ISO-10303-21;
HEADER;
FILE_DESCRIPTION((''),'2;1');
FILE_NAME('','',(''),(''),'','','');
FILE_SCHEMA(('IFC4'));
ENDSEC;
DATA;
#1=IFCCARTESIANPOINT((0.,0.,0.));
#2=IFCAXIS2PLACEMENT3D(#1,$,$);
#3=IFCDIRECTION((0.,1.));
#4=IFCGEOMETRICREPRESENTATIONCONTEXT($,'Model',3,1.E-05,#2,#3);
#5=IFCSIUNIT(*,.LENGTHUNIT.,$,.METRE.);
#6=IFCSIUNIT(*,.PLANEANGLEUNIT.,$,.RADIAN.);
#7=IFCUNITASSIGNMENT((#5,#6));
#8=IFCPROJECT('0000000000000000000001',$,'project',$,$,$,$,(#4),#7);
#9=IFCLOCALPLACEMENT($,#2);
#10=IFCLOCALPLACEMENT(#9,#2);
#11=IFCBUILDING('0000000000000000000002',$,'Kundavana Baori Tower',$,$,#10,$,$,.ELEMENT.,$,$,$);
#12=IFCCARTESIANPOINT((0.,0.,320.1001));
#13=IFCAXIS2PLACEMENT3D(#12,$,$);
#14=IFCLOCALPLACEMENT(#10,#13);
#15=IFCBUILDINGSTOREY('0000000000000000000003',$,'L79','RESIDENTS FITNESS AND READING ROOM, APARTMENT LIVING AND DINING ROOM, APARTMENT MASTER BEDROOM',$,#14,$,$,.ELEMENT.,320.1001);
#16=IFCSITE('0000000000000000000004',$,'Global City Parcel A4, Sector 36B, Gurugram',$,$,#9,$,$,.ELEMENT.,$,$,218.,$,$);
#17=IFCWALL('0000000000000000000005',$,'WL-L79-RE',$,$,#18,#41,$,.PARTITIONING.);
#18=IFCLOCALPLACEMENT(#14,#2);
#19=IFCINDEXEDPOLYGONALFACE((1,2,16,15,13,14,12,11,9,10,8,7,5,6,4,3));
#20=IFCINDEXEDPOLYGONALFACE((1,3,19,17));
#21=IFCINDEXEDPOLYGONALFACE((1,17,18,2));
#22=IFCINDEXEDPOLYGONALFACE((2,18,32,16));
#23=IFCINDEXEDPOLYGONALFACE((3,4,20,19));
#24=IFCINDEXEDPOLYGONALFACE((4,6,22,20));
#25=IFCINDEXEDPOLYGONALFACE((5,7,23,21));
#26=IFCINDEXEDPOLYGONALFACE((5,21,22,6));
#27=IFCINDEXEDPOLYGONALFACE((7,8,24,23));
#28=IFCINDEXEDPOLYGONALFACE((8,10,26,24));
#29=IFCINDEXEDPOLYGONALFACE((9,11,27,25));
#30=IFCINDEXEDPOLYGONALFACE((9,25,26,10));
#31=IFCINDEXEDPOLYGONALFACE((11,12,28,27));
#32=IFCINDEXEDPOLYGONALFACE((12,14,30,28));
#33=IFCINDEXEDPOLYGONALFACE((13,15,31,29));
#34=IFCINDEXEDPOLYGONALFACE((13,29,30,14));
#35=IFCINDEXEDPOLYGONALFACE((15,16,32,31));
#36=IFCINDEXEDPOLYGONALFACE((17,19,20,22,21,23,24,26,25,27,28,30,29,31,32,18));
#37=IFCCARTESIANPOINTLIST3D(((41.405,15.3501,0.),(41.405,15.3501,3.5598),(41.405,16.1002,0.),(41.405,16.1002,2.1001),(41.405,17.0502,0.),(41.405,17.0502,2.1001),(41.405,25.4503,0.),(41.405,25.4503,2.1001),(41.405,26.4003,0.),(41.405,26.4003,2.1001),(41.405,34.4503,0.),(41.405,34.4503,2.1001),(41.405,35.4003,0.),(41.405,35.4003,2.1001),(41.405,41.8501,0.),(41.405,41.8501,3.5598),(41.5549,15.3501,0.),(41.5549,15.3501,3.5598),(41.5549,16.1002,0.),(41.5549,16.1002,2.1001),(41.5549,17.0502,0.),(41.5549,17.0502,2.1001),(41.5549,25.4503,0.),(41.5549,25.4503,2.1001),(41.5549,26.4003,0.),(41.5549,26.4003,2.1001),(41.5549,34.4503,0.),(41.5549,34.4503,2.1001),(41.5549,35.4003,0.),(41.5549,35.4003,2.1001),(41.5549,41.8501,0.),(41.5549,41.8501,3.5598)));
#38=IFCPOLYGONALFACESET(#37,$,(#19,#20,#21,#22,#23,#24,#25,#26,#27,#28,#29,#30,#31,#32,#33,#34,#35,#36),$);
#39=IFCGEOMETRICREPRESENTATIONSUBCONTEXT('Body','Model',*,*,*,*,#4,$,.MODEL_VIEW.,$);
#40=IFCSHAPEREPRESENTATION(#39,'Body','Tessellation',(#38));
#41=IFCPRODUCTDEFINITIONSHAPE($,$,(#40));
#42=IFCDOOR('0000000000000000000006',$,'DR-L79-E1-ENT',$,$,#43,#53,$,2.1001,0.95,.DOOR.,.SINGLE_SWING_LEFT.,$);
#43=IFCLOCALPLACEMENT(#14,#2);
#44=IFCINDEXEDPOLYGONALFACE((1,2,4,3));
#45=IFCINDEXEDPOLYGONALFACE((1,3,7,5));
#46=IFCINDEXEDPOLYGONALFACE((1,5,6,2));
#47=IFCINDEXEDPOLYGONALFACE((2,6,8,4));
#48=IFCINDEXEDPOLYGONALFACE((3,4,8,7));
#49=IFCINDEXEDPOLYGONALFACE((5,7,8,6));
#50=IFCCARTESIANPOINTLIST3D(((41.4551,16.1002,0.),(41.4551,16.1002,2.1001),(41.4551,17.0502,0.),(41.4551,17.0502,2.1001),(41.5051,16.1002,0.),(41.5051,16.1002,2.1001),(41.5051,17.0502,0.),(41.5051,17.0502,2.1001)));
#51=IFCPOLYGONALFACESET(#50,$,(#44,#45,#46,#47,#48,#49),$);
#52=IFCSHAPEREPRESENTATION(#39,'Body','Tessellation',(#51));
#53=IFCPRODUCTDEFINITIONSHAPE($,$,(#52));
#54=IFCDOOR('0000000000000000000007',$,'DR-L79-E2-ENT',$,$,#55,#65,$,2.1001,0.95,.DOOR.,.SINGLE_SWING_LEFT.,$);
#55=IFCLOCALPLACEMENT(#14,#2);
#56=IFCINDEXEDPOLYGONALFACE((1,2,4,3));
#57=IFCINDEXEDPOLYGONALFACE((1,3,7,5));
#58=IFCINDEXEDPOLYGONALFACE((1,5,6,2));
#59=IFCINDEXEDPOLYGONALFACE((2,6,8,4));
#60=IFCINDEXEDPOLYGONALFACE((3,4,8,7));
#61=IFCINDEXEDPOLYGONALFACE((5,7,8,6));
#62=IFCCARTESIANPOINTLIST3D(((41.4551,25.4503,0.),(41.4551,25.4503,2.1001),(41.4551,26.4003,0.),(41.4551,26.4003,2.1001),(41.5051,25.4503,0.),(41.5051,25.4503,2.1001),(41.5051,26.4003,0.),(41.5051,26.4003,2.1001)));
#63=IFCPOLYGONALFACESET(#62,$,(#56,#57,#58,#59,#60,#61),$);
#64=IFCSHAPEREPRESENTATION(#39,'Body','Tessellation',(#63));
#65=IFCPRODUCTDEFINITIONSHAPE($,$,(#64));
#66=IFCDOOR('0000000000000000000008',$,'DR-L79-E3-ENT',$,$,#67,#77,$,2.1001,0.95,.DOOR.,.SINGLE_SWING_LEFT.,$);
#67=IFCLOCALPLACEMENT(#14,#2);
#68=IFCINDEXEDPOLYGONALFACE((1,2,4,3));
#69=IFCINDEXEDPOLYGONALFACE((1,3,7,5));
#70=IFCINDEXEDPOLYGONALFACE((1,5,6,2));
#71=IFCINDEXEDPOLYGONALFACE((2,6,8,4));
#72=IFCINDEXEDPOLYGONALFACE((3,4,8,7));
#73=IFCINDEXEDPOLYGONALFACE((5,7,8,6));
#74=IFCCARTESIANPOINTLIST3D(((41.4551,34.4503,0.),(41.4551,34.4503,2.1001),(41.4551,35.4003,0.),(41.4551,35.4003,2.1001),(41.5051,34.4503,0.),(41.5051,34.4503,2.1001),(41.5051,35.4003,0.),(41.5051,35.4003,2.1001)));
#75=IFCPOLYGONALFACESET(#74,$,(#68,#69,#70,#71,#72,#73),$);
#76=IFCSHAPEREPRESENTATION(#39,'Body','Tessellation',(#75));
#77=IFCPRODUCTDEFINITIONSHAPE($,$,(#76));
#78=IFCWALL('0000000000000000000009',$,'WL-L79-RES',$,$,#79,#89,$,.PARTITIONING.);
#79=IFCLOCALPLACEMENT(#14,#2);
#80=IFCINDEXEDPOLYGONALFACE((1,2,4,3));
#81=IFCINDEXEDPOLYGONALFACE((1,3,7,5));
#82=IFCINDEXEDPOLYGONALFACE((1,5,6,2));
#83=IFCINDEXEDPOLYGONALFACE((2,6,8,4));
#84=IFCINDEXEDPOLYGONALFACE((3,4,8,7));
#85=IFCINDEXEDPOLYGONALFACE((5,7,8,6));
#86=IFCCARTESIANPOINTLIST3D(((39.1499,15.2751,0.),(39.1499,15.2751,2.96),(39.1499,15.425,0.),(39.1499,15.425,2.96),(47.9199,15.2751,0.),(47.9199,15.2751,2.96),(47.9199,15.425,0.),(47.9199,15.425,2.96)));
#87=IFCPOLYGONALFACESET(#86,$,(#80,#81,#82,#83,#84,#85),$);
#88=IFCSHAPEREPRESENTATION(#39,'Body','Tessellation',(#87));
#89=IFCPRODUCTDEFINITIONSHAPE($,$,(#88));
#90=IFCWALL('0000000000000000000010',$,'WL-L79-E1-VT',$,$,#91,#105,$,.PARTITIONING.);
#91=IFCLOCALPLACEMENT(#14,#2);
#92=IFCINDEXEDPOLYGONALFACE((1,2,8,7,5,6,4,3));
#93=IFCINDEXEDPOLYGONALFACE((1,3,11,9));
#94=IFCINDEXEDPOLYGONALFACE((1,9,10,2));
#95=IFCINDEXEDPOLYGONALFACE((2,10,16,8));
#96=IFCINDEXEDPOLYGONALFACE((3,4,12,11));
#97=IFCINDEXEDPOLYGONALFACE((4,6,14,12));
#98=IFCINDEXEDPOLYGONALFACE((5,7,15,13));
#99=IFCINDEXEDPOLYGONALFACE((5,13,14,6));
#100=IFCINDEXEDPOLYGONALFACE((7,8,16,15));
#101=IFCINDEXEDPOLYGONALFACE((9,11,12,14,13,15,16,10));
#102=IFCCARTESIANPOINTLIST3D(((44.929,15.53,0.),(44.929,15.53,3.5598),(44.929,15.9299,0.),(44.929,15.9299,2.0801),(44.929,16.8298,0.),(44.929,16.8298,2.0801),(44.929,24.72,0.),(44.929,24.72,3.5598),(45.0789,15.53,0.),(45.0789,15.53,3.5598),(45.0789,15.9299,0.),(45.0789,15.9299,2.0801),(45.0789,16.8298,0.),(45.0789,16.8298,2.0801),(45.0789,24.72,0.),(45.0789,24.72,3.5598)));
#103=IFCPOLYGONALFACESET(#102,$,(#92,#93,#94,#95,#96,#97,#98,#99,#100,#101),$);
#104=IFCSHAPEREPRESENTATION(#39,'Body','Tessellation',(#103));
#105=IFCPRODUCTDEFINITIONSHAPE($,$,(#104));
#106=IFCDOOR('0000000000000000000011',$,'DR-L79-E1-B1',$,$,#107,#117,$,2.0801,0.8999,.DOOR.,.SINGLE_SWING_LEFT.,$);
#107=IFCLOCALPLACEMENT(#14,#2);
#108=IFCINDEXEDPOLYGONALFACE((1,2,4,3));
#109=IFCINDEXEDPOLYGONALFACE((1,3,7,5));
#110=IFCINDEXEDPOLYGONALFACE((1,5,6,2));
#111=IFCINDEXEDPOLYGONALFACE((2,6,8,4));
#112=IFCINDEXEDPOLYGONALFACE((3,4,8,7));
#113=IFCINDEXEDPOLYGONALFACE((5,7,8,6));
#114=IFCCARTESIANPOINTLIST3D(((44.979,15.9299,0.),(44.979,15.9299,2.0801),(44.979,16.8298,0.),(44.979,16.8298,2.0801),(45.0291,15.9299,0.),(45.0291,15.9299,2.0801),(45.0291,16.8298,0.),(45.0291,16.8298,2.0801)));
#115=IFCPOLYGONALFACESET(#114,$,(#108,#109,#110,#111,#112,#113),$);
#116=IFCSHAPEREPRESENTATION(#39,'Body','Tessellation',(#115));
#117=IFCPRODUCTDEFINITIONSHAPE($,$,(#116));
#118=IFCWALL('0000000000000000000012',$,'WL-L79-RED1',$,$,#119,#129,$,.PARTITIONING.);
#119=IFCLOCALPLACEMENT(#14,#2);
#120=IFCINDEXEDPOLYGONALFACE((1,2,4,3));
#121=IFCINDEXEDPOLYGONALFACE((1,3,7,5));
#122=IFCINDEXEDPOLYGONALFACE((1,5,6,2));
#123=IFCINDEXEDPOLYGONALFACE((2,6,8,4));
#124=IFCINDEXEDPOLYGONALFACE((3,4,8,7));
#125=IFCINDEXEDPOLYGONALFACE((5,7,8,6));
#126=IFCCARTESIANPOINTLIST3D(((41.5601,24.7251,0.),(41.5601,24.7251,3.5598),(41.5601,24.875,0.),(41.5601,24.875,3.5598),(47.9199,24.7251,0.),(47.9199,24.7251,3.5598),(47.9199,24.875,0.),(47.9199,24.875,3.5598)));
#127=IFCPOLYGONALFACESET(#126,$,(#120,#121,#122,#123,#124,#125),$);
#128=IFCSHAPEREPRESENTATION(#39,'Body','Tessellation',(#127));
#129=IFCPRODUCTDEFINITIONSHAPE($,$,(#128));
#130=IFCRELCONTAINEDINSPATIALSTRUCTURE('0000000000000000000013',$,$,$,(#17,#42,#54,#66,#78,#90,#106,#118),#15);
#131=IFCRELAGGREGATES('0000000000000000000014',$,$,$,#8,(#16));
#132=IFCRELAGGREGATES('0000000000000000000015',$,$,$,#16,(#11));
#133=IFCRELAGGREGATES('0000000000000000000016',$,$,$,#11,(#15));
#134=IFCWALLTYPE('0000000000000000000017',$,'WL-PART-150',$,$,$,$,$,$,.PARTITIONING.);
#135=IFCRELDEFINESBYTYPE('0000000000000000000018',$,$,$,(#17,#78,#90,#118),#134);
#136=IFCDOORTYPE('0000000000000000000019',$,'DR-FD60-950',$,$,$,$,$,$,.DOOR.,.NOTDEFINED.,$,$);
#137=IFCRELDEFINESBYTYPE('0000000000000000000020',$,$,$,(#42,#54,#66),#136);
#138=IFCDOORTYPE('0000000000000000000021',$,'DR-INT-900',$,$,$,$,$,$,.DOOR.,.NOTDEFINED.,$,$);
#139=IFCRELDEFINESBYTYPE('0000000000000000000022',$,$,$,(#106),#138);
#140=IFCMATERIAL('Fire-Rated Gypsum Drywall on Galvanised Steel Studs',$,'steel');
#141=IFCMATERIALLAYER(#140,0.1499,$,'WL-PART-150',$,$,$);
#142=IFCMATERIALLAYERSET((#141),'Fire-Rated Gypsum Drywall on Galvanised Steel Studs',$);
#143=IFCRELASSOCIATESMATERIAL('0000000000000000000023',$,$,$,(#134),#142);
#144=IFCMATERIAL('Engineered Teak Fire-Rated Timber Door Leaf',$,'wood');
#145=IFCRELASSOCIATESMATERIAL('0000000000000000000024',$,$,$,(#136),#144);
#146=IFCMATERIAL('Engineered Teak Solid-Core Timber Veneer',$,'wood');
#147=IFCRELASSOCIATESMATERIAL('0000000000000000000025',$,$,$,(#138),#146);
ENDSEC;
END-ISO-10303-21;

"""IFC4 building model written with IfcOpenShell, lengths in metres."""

from ifc_helpers import new_model, si_unit, direction, frame, frame_2d, origin, place, context, subcontext, project, spatial, rectangle, extrude, material, layer, layer_set, type_object, element, fill, save


model = new_model("IFC4")

# Units and contexts
model_context = context("Model", 3, precision=1e-05, world=origin(), true_north=direction((0.0, 1.0)))
body_context = subcontext(model_context, "Body", "Model", "MODEL_VIEW")
ifc_project = project(units=[si_unit("LENGTHUNIT", "METRE"), si_unit("PLANEANGLEUNIT", "RADIAN")], contexts=[model_context])

# Site, building, storey
site_placement = place(None, origin())
site = spatial("IfcSite", under=ifc_project, at=site_placement, Name="Global City Parcel A4, Sector 36B, Gurugram", CompositionType="ELEMENT", RefElevation=218.0)
building_placement = place(site_placement, origin())
building = spatial("IfcBuilding", under=site, at=building_placement, Name="Kundavana Baori Tower", CompositionType="ELEMENT")
storey_placement = place(building_placement, frame((0.0, 0.0, 320.1001)))
storey = spatial("IfcBuildingStorey", under=building, at=storey_placement, Name="L79", Description="RESIDENTS FITNESS AND READING ROOM, APARTMENT LIVING AND DINING ROOM, APARTMENT MASTER BEDROOM", CompositionType="ELEMENT", Elevation=320.1001)

# Wall, openings, doors
ifc_material_1 = material(Name="Fire-Rated Gypsum Drywall on Galvanised Steel Studs", Category="steel")
ifc_layer_1 = layer(ifc_material_1, 0.1499, Name="WL-PART-150")
ifc_layer_set_1 = layer_set([ifc_layer_1], Name="Fire-Rated Gypsum Drywall on Galvanised Steel Studs")
wall_type_1 = type_object("IfcWallType", Name="WL-PART-150", PredefinedType="PARTITIONING", material=ifc_layer_set_1)
wall_1_placement = place(storey_placement, frame((41.48, 15.3501, 0.0), z_axis=(0.0, 0.0, 1.0), x_axis=(0.0, 1.0, 0.0)))
wall_1 = element("IfcWall", 1, at=wall_1_placement, inside=storey, type_object=wall_type_1, Name="WL-L79-RE", PredefinedType="PARTITIONING", context=body_context, shape_type="SweptSolid", body=[
    extrude(rectangle(XDim=26.5, YDim=0.1499, at=frame_2d((13.25, 0.0))), origin(), (0.0, 0.0, 1.0), 3.5598),
])
opening_1_placement = place(wall_1_placement, frame((0.75, 0.0, 0.0)))
opening_1 = element("IfcOpeningElement", 2, at=opening_1_placement, cuts=wall_1, PredefinedType="OPENING", context=body_context, shape_type="SweptSolid", body=[
    extrude(rectangle(XDim=0.95, YDim=2.1001, at=frame_2d((0.4751, 1.05))), frame((0.0, 0.085, 0.0), z_axis=(0.0, -1.0, 0.0), x_axis=(1.0, 0.0, 0.0)), (0.0, 0.0, 1.0), 0.1699),
])
opening_2_placement = place(wall_1_placement, frame((10.1001, 0.0, 0.0)))
opening_2 = element("IfcOpeningElement", 3, at=opening_2_placement, cuts=wall_1, PredefinedType="OPENING", context=body_context, shape_type="SweptSolid", body=[
    extrude(rectangle(XDim=0.95, YDim=2.1001, at=frame_2d((0.4751, 1.05))), frame((0.0, 0.085, 0.0), z_axis=(0.0, -1.0, 0.0), x_axis=(1.0, 0.0, 0.0)), (0.0, 0.0, 1.0), 0.1699),
])
opening_3_placement = place(wall_1_placement, frame((19.1001, 0.0, 0.0)))
opening_3 = element("IfcOpeningElement", 4, at=opening_3_placement, cuts=wall_1, PredefinedType="OPENING", context=body_context, shape_type="SweptSolid", body=[
    extrude(rectangle(XDim=0.95, YDim=2.1001, at=frame_2d((0.4751, 1.05))), frame((0.0, 0.085, 0.0), z_axis=(0.0, -1.0, 0.0), x_axis=(1.0, 0.0, 0.0)), (0.0, 0.0, 1.0), 0.1699),
])
ifc_material_2 = material(Name="Engineered Teak Fire-Rated Timber Door Leaf", Category="wood")
door_type_1 = type_object("IfcDoorType", Name="DR-FD60-950", OperationType="NOTDEFINED", PredefinedType="DOOR", material=ifc_material_2)
door_1_placement = place(opening_1_placement, origin())
door_1 = element("IfcDoor", 5, at=door_1_placement, inside=storey, type_object=door_type_1, Name="DR-L79-E1-ENT", OperationType="SINGLE_SWING_LEFT", OverallHeight=2.1001, OverallWidth=0.95, PredefinedType="DOOR", context=body_context, shape_type="SweptSolid", body=[
    extrude(rectangle(XDim=0.95, YDim=2.1001, at=frame_2d((0.4751, 1.05))), frame((0.0, 0.0249, 0.0), z_axis=(0.0, -1.0, 0.0), x_axis=(1.0, 0.0, 0.0)), (0.0, 0.0, 1.0), 0.05),
])
fill(opening_1, door_1)
door_2_placement = place(opening_2_placement, origin())
door_2 = element("IfcDoor", 6, at=door_2_placement, inside=storey, type_object=door_type_1, Name="DR-L79-E2-ENT", OperationType="SINGLE_SWING_LEFT", OverallHeight=2.1001, OverallWidth=0.95, PredefinedType="DOOR", context=body_context, shape_type="SweptSolid", body=[
    extrude(rectangle(XDim=0.95, YDim=2.1001, at=frame_2d((0.4751, 1.05))), frame((0.0, 0.0249, 0.0), z_axis=(0.0, -1.0, 0.0), x_axis=(1.0, 0.0, 0.0)), (0.0, 0.0, 1.0), 0.05),
])
fill(opening_2, door_2)
door_3_placement = place(opening_3_placement, origin())
door_3 = element("IfcDoor", 7, at=door_3_placement, inside=storey, type_object=door_type_1, Name="DR-L79-E3-ENT", OperationType="SINGLE_SWING_LEFT", OverallHeight=2.1001, OverallWidth=0.95, PredefinedType="DOOR", context=body_context, shape_type="SweptSolid", body=[
    extrude(rectangle(XDim=0.95, YDim=2.1001, at=frame_2d((0.4751, 1.05))), frame((0.0, 0.0249, 0.0), z_axis=(0.0, -1.0, 0.0), x_axis=(1.0, 0.0, 0.0)), (0.0, 0.0, 1.0), 0.05),
])
fill(opening_3, door_3)

# Wall
wall_2_placement = place(storey_placement, frame((39.1499, 15.3501, 0.0), z_axis=(0.0, 0.0, 1.0), x_axis=(1.0, 0.0, 0.0)))
element("IfcWall", 8, at=wall_2_placement, inside=storey, type_object=wall_type_1, Name="WL-L79-RES", PredefinedType="PARTITIONING", context=body_context, shape_type="SweptSolid", body=[
    extrude(rectangle(XDim=8.77, YDim=0.1499, at=frame_2d((4.385, 0.0))), origin(), (0.0, 0.0, 1.0), 2.96),
])

# Wall, opening, door
wall_3_placement = place(storey_placement, frame((45.0039, 15.53, 0.0), z_axis=(0.0, 0.0, 1.0), x_axis=(0.0, 1.0, 0.0)))
wall_3 = element("IfcWall", 9, at=wall_3_placement, inside=storey, type_object=wall_type_1, Name="WL-L79-E1-VT", PredefinedType="PARTITIONING", context=body_context, shape_type="SweptSolid", body=[
    extrude(rectangle(XDim=9.1899, YDim=0.1499, at=frame_2d((4.595, 0.0))), origin(), (0.0, 0.0, 1.0), 3.5598),
])
opening_4_placement = place(wall_3_placement, frame((0.3999, 0.0, 0.0)))
opening_4 = element("IfcOpeningElement", 10, at=opening_4_placement, cuts=wall_3, PredefinedType="OPENING", context=body_context, shape_type="SweptSolid", body=[
    extrude(rectangle(XDim=0.8999, YDim=2.0801, at=frame_2d((0.45, 1.04))), frame((0.0, 0.085, 0.0), z_axis=(0.0, -1.0, 0.0), x_axis=(1.0, 0.0, 0.0)), (0.0, 0.0, 1.0), 0.1699),
])
ifc_material_3 = material(Name="Engineered Teak Solid-Core Timber Veneer", Category="wood")
door_type_2 = type_object("IfcDoorType", Name="DR-INT-900", OperationType="NOTDEFINED", PredefinedType="DOOR", material=ifc_material_3)
door_4_placement = place(opening_4_placement, origin())
door_4 = element("IfcDoor", 11, at=door_4_placement, inside=storey, type_object=door_type_2, Name="DR-L79-E1-B1", OperationType="SINGLE_SWING_LEFT", OverallHeight=2.0801, OverallWidth=0.8999, PredefinedType="DOOR", context=body_context, shape_type="SweptSolid", body=[
    extrude(rectangle(XDim=0.8999, YDim=2.0801, at=frame_2d((0.45, 1.04))), frame((0.0, 0.0249, 0.0), z_axis=(0.0, -1.0, 0.0), x_axis=(1.0, 0.0, 0.0)), (0.0, 0.0, 1.0), 0.05),
])
fill(opening_4, door_4)

# Wall
wall_4_placement = place(storey_placement, frame((41.5601, 24.8, 0.0), z_axis=(0.0, 0.0, 1.0), x_axis=(1.0, 0.0, 0.0)))
element("IfcWall", 12, at=wall_4_placement, inside=storey, type_object=wall_type_1, Name="WL-L79-RED1", PredefinedType="PARTITIONING", context=body_context, shape_type="SweptSolid", body=[
    extrude(rectangle(XDim=6.3599, YDim=0.1499, at=frame_2d((3.1799, 0.0))), origin(), (0.0, 0.0, 1.0), 3.5598),
])

save(model, "model.ifc")
